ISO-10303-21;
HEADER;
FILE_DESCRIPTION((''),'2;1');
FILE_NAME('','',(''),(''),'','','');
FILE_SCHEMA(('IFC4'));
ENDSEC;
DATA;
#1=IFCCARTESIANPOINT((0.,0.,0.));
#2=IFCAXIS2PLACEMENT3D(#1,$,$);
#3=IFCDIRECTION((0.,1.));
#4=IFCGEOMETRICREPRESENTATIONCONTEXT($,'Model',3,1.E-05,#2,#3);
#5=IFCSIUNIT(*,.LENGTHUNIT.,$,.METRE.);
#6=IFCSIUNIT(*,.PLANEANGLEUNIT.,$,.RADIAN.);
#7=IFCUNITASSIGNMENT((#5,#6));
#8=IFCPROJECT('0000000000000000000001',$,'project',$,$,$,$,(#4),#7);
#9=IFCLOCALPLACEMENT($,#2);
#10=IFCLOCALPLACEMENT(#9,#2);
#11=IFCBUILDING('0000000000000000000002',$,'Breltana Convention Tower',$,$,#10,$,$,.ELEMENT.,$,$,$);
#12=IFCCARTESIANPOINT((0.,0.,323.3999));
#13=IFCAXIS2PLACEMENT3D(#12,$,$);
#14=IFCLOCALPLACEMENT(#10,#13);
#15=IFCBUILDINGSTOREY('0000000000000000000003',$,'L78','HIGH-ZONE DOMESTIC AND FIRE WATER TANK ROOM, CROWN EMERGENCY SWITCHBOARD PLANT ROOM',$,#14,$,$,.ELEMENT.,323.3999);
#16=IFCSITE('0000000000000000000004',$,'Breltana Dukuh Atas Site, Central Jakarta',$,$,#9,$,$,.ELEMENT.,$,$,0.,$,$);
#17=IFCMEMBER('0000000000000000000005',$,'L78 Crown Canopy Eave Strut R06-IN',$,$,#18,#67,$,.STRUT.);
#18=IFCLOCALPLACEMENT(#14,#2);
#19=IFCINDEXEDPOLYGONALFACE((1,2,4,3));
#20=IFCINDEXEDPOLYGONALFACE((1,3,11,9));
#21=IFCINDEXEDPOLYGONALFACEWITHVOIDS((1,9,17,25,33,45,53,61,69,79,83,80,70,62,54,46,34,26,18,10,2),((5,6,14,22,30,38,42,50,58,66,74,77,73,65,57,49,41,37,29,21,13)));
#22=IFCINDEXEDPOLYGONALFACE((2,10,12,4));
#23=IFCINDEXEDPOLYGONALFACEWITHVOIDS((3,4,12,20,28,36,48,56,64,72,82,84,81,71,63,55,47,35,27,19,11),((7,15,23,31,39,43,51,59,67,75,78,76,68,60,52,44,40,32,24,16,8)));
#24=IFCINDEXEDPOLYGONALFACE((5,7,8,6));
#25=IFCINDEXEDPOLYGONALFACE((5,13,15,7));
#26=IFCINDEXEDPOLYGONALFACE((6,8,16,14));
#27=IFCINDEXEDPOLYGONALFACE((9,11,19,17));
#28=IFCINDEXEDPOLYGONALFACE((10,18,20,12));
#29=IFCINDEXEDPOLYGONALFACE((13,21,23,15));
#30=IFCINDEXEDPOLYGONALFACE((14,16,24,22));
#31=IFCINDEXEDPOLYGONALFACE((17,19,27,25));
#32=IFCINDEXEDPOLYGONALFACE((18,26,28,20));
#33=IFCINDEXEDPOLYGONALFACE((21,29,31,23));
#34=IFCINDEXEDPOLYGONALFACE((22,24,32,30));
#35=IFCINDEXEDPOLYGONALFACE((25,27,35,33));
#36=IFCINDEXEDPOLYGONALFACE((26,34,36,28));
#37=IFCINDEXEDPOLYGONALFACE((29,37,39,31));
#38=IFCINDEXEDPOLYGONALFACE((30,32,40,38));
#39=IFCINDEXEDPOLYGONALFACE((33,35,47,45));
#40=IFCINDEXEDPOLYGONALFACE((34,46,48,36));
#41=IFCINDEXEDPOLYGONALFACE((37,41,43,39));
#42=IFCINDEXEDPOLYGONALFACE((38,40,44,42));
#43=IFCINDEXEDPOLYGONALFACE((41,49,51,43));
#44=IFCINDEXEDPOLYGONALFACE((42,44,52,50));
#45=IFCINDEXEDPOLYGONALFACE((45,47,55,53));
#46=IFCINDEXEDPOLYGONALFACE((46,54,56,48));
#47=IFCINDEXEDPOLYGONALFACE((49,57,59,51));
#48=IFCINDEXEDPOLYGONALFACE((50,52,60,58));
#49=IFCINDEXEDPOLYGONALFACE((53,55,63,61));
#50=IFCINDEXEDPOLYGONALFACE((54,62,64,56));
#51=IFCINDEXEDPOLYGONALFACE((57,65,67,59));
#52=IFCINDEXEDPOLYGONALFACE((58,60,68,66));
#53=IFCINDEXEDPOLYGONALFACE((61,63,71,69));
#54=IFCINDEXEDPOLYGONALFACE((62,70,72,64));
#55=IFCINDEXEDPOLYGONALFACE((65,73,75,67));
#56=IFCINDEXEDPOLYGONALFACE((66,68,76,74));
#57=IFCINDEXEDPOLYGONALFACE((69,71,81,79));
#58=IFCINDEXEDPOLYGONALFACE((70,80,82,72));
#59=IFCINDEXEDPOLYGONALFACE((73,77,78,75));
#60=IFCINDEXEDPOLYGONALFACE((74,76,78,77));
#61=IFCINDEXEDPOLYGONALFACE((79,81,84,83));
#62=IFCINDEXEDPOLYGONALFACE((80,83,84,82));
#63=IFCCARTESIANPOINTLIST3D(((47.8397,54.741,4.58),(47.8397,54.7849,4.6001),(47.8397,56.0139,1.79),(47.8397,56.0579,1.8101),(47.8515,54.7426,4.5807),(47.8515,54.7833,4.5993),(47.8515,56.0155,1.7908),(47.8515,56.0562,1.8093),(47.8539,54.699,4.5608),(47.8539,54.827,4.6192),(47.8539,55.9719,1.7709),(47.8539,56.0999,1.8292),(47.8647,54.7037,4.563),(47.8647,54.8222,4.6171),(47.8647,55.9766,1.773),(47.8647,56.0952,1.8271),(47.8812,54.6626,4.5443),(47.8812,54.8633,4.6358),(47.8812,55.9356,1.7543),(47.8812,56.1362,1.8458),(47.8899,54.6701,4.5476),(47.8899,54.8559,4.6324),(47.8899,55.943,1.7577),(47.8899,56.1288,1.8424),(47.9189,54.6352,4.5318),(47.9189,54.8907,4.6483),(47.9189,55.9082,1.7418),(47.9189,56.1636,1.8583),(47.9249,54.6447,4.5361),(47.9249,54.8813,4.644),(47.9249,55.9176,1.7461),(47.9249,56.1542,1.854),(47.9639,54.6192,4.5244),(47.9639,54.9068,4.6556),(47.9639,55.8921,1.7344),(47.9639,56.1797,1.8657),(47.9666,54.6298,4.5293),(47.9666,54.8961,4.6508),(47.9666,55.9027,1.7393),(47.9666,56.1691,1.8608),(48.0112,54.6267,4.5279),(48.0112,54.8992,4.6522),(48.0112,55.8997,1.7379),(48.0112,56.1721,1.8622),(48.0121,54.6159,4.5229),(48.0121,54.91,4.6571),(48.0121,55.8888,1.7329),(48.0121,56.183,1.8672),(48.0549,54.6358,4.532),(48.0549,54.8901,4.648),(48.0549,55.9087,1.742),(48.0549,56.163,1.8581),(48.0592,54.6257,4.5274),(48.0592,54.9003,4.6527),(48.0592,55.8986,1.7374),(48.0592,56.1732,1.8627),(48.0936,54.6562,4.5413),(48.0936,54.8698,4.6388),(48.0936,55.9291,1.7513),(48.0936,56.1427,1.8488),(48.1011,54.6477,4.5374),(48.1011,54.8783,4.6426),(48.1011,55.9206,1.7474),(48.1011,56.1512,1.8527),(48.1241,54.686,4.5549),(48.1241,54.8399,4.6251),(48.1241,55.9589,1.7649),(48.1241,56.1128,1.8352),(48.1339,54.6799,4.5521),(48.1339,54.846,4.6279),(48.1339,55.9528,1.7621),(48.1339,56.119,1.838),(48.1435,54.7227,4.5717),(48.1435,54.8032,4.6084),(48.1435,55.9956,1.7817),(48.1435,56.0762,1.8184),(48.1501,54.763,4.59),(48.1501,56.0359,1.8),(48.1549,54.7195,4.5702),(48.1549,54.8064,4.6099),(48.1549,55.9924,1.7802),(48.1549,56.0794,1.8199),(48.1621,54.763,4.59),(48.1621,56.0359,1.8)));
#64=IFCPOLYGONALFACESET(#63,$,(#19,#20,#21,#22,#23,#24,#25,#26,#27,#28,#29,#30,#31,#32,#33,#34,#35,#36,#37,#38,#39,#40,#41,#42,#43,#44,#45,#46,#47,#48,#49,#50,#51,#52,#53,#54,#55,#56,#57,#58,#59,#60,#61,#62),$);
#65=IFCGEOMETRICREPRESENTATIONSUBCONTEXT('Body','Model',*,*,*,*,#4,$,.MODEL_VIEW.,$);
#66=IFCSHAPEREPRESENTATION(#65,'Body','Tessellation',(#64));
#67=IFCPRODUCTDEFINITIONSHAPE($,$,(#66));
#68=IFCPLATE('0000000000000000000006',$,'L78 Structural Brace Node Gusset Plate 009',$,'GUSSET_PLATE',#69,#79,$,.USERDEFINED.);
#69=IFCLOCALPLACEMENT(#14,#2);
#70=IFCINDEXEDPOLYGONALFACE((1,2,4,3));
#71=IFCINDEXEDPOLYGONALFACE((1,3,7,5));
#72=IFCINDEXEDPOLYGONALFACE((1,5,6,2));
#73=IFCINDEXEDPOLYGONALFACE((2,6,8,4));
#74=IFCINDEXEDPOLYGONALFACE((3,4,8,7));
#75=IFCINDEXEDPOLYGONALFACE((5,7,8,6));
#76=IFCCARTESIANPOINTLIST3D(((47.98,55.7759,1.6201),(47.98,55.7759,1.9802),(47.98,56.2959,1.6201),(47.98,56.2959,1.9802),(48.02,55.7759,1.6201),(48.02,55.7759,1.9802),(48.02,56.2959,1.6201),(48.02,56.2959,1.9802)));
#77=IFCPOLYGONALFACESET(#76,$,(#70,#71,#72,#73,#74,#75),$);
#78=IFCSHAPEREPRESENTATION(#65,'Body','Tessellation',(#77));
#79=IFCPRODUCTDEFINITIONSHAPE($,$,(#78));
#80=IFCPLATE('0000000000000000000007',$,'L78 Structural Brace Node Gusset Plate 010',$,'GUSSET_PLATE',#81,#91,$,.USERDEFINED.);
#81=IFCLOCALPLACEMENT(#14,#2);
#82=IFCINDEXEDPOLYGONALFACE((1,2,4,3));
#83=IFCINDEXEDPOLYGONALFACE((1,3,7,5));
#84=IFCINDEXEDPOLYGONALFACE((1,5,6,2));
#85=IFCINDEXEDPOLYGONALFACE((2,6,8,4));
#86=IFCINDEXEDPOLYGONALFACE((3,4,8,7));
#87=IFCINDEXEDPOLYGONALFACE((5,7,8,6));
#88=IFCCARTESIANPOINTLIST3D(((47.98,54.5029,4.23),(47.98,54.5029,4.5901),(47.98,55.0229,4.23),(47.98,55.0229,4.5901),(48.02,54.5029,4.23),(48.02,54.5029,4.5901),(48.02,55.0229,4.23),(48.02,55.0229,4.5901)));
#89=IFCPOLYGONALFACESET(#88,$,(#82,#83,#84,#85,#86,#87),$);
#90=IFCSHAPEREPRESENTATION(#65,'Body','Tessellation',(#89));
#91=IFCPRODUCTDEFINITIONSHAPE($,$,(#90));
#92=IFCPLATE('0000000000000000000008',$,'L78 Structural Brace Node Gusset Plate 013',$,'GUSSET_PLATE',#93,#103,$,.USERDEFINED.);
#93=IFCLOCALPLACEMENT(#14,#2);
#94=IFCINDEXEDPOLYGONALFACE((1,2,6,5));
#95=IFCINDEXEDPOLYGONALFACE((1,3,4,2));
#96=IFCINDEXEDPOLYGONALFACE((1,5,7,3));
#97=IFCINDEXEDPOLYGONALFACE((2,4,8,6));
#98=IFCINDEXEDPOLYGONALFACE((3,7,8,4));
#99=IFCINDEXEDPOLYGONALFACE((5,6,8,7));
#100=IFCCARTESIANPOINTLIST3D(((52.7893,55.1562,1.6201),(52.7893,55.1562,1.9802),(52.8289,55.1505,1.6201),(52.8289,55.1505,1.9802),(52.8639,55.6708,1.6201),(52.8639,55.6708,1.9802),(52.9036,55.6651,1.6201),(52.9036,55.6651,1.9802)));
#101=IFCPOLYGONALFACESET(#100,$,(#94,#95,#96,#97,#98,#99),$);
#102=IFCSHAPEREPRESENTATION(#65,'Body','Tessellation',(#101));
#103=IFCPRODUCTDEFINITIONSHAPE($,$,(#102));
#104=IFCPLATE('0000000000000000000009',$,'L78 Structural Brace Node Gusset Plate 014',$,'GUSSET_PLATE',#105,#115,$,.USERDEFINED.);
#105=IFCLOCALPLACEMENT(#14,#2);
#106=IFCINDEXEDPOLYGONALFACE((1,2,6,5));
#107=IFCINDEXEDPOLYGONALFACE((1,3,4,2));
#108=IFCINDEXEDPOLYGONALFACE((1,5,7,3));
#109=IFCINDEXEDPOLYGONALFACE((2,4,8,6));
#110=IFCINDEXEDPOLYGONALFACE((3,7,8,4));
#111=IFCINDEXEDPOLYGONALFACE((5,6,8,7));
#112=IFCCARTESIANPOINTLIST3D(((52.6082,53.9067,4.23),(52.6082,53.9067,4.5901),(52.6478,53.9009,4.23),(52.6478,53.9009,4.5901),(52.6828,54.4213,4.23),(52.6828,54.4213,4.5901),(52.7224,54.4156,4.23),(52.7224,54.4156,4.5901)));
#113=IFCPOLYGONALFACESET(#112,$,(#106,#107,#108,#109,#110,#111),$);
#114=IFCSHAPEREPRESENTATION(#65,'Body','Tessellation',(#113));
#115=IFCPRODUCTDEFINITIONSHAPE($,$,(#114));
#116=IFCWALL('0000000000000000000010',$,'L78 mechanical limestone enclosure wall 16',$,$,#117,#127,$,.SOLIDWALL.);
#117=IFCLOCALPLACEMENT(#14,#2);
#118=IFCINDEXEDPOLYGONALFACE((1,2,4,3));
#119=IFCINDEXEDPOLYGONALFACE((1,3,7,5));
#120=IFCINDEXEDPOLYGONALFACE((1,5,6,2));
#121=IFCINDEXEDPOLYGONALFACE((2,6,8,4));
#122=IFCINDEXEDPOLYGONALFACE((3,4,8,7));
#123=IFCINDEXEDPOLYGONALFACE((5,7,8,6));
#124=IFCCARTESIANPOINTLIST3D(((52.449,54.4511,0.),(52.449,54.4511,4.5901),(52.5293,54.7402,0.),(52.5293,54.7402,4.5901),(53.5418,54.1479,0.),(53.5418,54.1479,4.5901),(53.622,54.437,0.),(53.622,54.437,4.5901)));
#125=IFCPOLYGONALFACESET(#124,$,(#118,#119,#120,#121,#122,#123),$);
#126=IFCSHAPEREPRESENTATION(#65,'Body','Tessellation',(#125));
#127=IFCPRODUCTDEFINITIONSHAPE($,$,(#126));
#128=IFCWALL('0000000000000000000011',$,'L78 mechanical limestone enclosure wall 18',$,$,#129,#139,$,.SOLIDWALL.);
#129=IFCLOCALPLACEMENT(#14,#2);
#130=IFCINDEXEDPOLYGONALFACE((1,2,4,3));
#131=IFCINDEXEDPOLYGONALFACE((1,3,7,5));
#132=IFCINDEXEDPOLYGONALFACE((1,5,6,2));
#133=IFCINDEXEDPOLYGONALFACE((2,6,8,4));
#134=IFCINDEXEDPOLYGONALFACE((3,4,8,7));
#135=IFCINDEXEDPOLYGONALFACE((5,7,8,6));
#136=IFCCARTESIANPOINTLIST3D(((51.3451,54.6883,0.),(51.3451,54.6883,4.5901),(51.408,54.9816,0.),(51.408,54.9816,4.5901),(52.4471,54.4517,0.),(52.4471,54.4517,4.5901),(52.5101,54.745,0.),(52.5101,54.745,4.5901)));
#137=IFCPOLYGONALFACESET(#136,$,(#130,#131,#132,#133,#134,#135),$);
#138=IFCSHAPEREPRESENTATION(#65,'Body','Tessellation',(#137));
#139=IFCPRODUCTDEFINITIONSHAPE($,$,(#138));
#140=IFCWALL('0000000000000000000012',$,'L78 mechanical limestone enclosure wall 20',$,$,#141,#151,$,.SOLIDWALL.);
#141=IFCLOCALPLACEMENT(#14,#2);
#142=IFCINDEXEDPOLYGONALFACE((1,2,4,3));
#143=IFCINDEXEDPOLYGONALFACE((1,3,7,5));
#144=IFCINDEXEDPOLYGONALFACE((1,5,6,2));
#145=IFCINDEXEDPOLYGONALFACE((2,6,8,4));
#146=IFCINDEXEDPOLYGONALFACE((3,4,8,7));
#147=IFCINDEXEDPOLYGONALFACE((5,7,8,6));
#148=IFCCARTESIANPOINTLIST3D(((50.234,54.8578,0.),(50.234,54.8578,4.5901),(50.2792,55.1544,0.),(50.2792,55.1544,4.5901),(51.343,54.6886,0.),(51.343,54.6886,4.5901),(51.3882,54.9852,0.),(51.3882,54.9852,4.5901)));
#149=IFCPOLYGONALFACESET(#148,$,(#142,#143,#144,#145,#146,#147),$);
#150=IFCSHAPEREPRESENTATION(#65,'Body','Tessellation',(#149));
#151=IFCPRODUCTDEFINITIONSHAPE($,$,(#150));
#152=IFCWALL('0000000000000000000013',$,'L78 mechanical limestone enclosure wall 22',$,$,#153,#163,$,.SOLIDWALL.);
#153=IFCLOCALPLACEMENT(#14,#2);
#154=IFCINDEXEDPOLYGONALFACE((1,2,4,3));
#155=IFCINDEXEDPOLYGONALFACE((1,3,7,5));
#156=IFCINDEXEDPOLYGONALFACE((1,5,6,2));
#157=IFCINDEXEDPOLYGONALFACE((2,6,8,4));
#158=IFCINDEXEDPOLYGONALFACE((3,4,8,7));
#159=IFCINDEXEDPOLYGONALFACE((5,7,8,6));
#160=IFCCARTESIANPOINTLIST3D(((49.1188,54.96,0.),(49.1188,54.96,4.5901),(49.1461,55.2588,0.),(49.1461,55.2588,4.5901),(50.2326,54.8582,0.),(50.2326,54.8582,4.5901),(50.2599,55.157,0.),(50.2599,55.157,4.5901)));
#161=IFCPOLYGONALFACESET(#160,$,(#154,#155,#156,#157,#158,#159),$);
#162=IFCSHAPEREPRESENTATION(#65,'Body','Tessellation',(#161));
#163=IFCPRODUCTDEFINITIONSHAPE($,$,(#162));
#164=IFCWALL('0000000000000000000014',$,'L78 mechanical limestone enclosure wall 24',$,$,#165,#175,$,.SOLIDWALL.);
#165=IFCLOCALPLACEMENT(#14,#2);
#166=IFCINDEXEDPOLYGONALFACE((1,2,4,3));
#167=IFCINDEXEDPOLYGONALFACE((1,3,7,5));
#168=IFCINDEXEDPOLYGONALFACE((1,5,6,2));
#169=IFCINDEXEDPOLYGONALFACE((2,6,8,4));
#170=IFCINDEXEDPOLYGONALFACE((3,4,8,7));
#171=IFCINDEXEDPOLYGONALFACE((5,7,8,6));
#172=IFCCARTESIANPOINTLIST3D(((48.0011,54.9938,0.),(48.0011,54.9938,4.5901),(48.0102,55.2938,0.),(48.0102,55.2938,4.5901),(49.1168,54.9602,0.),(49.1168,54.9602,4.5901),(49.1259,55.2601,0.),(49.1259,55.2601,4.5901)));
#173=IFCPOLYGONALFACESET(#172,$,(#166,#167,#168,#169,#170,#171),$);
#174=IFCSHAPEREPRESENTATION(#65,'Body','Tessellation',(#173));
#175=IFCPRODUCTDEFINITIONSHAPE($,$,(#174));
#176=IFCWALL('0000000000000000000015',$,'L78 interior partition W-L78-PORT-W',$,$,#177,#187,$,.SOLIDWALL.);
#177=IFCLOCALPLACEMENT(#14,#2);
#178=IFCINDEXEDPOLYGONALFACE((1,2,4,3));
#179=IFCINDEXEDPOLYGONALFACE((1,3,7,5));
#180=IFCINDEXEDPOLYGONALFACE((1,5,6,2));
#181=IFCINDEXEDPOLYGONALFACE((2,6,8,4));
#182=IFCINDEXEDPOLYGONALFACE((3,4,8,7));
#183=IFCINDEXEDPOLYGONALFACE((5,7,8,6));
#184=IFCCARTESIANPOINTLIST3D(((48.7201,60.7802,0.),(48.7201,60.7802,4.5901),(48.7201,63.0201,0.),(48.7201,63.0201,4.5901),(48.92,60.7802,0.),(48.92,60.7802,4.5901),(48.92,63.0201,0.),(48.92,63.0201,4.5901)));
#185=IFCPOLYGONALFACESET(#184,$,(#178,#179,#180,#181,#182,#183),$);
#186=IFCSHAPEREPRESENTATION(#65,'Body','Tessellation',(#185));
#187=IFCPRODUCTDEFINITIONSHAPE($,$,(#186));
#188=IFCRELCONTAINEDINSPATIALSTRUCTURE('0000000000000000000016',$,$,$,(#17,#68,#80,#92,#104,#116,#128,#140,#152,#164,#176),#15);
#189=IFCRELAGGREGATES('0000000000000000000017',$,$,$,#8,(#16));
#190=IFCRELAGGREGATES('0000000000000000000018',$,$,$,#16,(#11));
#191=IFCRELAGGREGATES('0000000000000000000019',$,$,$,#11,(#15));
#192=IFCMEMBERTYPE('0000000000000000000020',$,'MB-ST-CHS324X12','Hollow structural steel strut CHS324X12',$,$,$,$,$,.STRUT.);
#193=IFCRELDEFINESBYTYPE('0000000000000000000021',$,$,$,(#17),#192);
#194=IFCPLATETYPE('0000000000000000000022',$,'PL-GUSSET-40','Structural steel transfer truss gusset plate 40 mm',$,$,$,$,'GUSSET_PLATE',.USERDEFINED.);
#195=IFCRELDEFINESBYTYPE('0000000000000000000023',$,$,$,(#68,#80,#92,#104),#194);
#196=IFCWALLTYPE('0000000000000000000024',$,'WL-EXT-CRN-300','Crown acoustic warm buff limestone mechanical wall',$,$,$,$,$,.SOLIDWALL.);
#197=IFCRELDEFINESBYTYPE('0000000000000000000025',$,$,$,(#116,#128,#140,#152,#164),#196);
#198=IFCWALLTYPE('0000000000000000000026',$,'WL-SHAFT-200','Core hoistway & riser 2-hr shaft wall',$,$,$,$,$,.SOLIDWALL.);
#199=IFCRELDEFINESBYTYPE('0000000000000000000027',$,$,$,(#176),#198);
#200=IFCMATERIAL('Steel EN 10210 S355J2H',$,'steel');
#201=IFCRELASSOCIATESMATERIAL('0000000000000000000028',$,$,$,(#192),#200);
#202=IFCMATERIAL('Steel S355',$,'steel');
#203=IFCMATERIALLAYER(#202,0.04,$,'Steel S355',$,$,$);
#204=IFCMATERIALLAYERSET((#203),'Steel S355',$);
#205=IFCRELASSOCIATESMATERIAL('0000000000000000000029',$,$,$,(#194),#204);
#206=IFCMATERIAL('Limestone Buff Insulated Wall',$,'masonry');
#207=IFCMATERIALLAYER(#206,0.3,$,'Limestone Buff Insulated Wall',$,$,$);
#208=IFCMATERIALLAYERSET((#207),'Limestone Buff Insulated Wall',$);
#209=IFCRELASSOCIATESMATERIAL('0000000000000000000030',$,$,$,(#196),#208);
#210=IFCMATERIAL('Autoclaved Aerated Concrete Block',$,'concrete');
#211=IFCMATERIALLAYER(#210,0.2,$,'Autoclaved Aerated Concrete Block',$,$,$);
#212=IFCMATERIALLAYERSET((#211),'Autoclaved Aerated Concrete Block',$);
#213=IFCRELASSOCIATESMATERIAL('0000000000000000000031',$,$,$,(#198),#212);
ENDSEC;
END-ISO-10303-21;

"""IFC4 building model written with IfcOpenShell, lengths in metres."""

from ifc_helpers import new_model, si_unit, direction, frame, frame_2d, origin, origin_2d, place, context, subcontext, project, spatial, rectangle, hollow_circle, extrude, source, transform, mapped, material, layer, layer_set, material_profile, profile_set, type_object, element, save


model = new_model("IFC4")

# Units and contexts
model_context = context("Model", 3, precision=1e-05, world=origin(), true_north=direction((0.0, 1.0)))
body_context = subcontext(model_context, "Body", "Model", "MODEL_VIEW")
ifc_project = project(units=[si_unit("LENGTHUNIT", "METRE"), si_unit("PLANEANGLEUNIT", "RADIAN")], contexts=[model_context])

# Site, building, storey
site_placement = place(None, origin())
site = spatial("IfcSite", under=ifc_project, at=site_placement, Name="Breltana Dukuh Atas Site, Central Jakarta", CompositionType="ELEMENT", RefElevation=0.0)
building_placement = place(site_placement, origin())
building = spatial("IfcBuilding", under=site, at=building_placement, Name="Breltana Convention Tower", CompositionType="ELEMENT")
storey_placement = place(building_placement, frame((0.0, 0.0, 323.3999)))
storey = spatial("IfcBuildingStorey", under=building, at=storey_placement, Name="L78", Description="HIGH-ZONE DOMESTIC AND FIRE WATER TANK ROOM, CROWN EMERGENCY SWITCHBOARD PLANT ROOM", CompositionType="ELEMENT", Elevation=323.3999)

# Member
ifc_material_1 = material(Name="Steel EN 10210 S355J2H", Category="steel")
ifc_material_profile_1 = material_profile(ifc_material_1, hollow_circle(Radius=0.1621, WallThickness=0.012, at=origin_2d()), Name="CHS324X12")
ifc_profile_set_1 = profile_set([ifc_material_profile_1], Name="Steel EN 10210 S355J2H")
member_type_1 = type_object("IfcMemberType", Name="MB-ST-CHS324X12", Description="Hollow structural steel strut CHS324X12", PredefinedType="STRUT", material=ifc_profile_set_1)
shared_shape_1 = source(origin(), body_context, "Body", "SweptSolid", [
    extrude(hollow_circle(Radius=0.1621, WallThickness=0.012, at=origin_2d()), origin(), (0.0, 0.0, 1.0), 3.0667),
])
member_1_placement = place(storey_placement, frame((48.0, 56.0359, 1.8), z_axis=(0.0, -0.415086, 0.909782), x_axis=(1.0, 0.0, 0.0)))
element("IfcMember", 1, at=member_1_placement, inside=storey, type_object=member_type_1, Name="L78 Crown Canopy Eave Strut R06-IN", PredefinedType="STRUT", context=body_context, shape_type="MappedRepresentation", body=[
    mapped(shared_shape_1, transform((0.0, 0.0, 0.0), scale=1.0)),
])

# Plates
ifc_material_2 = material(Name="Steel S355", Category="steel")
ifc_layer_1 = layer(ifc_material_2, 0.04, Name="Steel S355")
ifc_layer_set_1 = layer_set([ifc_layer_1], Name="Steel S355")
plate_type = type_object("IfcPlateType", Name="PL-GUSSET-40", Description="Structural steel transfer truss gusset plate 40 mm", ElementType="GUSSET_PLATE", PredefinedType="USERDEFINED", material=ifc_layer_set_1)
shared_shape_2 = source(origin(), body_context, "Body", "SweptSolid", [
    extrude(rectangle(XDim=0.52, YDim=0.04, at=origin_2d()), origin(), (0.0, 0.0, 1.0), 0.3601),
])
for number, where, z_axis, x_axis, name in (
    (2, (48.0, 56.0359, 1.6201), (0.0, 0.0, 1.0), (0.0, -1.0, 0.0), "L78 Structural Brace Node Gusset Plate 009"),
    (3, (48.0, 54.7629, 4.23), (0.0, 0.0, 1.0), (0.0, -1.0, 0.0), "L78 Structural Brace Node Gusset Plate 010"),
    (4, (52.8464, 55.4106, 1.6201), (0.0, 0.0, 1.0), (-0.143493, -0.989651, 0.0), "L78 Structural Brace Node Gusset Plate 013"),
    (5, (52.6653, 54.1611, 4.23), (0.0, 0.0, 1.0), (-0.143493, -0.989651, 0.0), "L78 Structural Brace Node Gusset Plate 014"),
):
    element("IfcPlate", number, at=place(storey_placement, frame(where, z_axis=z_axis, x_axis=x_axis)), inside=storey, type_object=plate_type, Name=name, ObjectType="GUSSET_PLATE", PredefinedType="USERDEFINED", context=body_context, shape_type="MappedRepresentation", body=[
        mapped(shared_shape_2, transform((0.0, 0.0, 0.0), scale=1.0)),
    ])

# Walls
ifc_material_3 = material(Name="Limestone Buff Insulated Wall", Category="masonry")
ifc_layer_2 = layer(ifc_material_3, 0.3, Name="Limestone Buff Insulated Wall")
ifc_layer_set_2 = layer_set([ifc_layer_2], Name="Limestone Buff Insulated Wall")
wall_type_1 = type_object("IfcWallType", Name="WL-EXT-CRN-300", Description="Crown acoustic warm buff limestone mechanical wall", PredefinedType="SOLIDWALL", material=ifc_layer_set_2)
shared_shape_3 = source(origin(), body_context, "Body", "SweptSolid", [
    extrude(rectangle(XDim=1.134, YDim=0.3, at=frame_2d((0.5669, 0.0))), origin(), (0.0, 0.0, 1.0), 4.5901),
])
wall_1_placement = place(storey_placement, frame((53.5818, 54.2925, 0.0), z_axis=(0.0, 0.0, 1.0), x_axis=(-0.963592, 0.267377, 0.0)))
element("IfcWall", 6, at=wall_1_placement, inside=storey, type_object=wall_type_1, Name="L78 mechanical limestone enclosure wall 16", PredefinedType="SOLIDWALL", context=body_context, shape_type="MappedRepresentation", body=[
    mapped(shared_shape_3, transform((0.0, 0.0, 0.0), scale=1.0)),
])
shared_shape_4 = source(origin(), body_context, "Body", "SweptSolid", [
    extrude(rectangle(XDim=1.1272, YDim=0.3, at=frame_2d((0.5635, 0.0))), origin(), (0.0, 0.0, 1.0), 4.5901),
])
wall_2_placement = place(storey_placement, frame((52.4785, 54.5984, 0.0), z_axis=(0.0, 0.0, 1.0), x_axis=(-0.977726, 0.209884, 0.0)))
element("IfcWall", 7, at=wall_2_placement, inside=storey, type_object=wall_type_1, Name="L78 mechanical limestone enclosure wall 18", PredefinedType="SOLIDWALL", context=body_context, shape_type="MappedRepresentation", body=[
    mapped(shared_shape_4, transform((0.0, 0.0, 0.0), scale=1.0)),
])
shared_shape_5 = source(origin(), body_context, "Body", "SweptSolid", [
    extrude(rectangle(XDim=1.1218, YDim=0.3, at=frame_2d((0.561, 0.0))), origin(), (0.0, 0.0, 1.0), 4.5901),
])
wall_3_placement = place(storey_placement, frame((51.3657, 54.8369, 0.0), z_axis=(0.0, 0.0, 1.0), x_axis=(-0.98856, 0.15083, 0.0)))
element("IfcWall", 8, at=wall_3_placement, inside=storey, type_object=wall_type_1, Name="L78 mechanical limestone enclosure wall 20", PredefinedType="SOLIDWALL", context=body_context, shape_type="MappedRepresentation", body=[
    mapped(shared_shape_5, transform((0.0, 0.0, 0.0), scale=1.0)),
])
shared_shape_6 = source(origin(), body_context, "Body", "SweptSolid", [
    extrude(rectangle(XDim=1.1184, YDim=0.3, at=frame_2d((0.5591, 0.0))), origin(), (0.0, 0.0, 1.0), 4.5901),
])
wall_4_placement = place(storey_placement, frame((50.2461, 55.0076, 0.0), z_axis=(0.0, 0.0, 1.0), x_axis=(-0.995848, 0.091028, 0.0)))
element("IfcWall", 9, at=wall_4_placement, inside=storey, type_object=wall_type_1, Name="L78 mechanical limestone enclosure wall 22", PredefinedType="SOLIDWALL", context=body_context, shape_type="MappedRepresentation", body=[
    mapped(shared_shape_6, transform((0.0, 0.0, 0.0), scale=1.0)),
])
shared_shape_7 = source(origin(), body_context, "Body", "SweptSolid", [
    extrude(rectangle(XDim=1.1162, YDim=0.3, at=frame_2d((0.5581, 0.0))), origin(), (0.0, 0.0, 1.0), 4.5901),
])
wall_5_placement = place(storey_placement, frame((49.1213, 55.1101, 0.0), z_axis=(0.0, 0.0, 1.0), x_axis=(-0.999544, 0.030183, 0.0)))
element("IfcWall", 10, at=wall_5_placement, inside=storey, type_object=wall_type_1, Name="L78 mechanical limestone enclosure wall 24", PredefinedType="SOLIDWALL", context=body_context, shape_type="MappedRepresentation", body=[
    mapped(shared_shape_7, transform((0.0, 0.0, 0.0), scale=1.0)),
])
ifc_material_4 = material(Name="Autoclaved Aerated Concrete Block", Category="concrete")
ifc_layer_3 = layer(ifc_material_4, 0.2, Name="Autoclaved Aerated Concrete Block")
ifc_layer_set_3 = layer_set([ifc_layer_3], Name="Autoclaved Aerated Concrete Block")
wall_type_2 = type_object("IfcWallType", Name="WL-SHAFT-200", Description="Core hoistway & riser 2-hr shaft wall", PredefinedType="SOLIDWALL", material=ifc_layer_set_3)
shared_shape_8 = source(origin(), body_context, "Body", "SweptSolid", [
    extrude(rectangle(XDim=2.24, YDim=0.2, at=frame_2d((1.1201, 0.0))), origin(), (0.0, 0.0, 1.0), 4.5901),
])
for number, where, z_axis, x_axis, name in (
    (11, (48.8201, 60.78, 0.0), (0.0, 0.0, 1.0), (0.0, 1.0, 0.0), "L78 interior partition W-L78-PORT-W"),
):
    element("IfcWall", number, at=place(storey_placement, frame(where, z_axis=z_axis, x_axis=x_axis)), inside=storey, type_object=wall_type_2, Name=name, PredefinedType="SOLIDWALL", context=body_context, shape_type="MappedRepresentation", body=[
        mapped(shared_shape_8, transform((0.0, 0.0, 0.0), scale=1.0)),
    ])

save(model, "model.ifc")
